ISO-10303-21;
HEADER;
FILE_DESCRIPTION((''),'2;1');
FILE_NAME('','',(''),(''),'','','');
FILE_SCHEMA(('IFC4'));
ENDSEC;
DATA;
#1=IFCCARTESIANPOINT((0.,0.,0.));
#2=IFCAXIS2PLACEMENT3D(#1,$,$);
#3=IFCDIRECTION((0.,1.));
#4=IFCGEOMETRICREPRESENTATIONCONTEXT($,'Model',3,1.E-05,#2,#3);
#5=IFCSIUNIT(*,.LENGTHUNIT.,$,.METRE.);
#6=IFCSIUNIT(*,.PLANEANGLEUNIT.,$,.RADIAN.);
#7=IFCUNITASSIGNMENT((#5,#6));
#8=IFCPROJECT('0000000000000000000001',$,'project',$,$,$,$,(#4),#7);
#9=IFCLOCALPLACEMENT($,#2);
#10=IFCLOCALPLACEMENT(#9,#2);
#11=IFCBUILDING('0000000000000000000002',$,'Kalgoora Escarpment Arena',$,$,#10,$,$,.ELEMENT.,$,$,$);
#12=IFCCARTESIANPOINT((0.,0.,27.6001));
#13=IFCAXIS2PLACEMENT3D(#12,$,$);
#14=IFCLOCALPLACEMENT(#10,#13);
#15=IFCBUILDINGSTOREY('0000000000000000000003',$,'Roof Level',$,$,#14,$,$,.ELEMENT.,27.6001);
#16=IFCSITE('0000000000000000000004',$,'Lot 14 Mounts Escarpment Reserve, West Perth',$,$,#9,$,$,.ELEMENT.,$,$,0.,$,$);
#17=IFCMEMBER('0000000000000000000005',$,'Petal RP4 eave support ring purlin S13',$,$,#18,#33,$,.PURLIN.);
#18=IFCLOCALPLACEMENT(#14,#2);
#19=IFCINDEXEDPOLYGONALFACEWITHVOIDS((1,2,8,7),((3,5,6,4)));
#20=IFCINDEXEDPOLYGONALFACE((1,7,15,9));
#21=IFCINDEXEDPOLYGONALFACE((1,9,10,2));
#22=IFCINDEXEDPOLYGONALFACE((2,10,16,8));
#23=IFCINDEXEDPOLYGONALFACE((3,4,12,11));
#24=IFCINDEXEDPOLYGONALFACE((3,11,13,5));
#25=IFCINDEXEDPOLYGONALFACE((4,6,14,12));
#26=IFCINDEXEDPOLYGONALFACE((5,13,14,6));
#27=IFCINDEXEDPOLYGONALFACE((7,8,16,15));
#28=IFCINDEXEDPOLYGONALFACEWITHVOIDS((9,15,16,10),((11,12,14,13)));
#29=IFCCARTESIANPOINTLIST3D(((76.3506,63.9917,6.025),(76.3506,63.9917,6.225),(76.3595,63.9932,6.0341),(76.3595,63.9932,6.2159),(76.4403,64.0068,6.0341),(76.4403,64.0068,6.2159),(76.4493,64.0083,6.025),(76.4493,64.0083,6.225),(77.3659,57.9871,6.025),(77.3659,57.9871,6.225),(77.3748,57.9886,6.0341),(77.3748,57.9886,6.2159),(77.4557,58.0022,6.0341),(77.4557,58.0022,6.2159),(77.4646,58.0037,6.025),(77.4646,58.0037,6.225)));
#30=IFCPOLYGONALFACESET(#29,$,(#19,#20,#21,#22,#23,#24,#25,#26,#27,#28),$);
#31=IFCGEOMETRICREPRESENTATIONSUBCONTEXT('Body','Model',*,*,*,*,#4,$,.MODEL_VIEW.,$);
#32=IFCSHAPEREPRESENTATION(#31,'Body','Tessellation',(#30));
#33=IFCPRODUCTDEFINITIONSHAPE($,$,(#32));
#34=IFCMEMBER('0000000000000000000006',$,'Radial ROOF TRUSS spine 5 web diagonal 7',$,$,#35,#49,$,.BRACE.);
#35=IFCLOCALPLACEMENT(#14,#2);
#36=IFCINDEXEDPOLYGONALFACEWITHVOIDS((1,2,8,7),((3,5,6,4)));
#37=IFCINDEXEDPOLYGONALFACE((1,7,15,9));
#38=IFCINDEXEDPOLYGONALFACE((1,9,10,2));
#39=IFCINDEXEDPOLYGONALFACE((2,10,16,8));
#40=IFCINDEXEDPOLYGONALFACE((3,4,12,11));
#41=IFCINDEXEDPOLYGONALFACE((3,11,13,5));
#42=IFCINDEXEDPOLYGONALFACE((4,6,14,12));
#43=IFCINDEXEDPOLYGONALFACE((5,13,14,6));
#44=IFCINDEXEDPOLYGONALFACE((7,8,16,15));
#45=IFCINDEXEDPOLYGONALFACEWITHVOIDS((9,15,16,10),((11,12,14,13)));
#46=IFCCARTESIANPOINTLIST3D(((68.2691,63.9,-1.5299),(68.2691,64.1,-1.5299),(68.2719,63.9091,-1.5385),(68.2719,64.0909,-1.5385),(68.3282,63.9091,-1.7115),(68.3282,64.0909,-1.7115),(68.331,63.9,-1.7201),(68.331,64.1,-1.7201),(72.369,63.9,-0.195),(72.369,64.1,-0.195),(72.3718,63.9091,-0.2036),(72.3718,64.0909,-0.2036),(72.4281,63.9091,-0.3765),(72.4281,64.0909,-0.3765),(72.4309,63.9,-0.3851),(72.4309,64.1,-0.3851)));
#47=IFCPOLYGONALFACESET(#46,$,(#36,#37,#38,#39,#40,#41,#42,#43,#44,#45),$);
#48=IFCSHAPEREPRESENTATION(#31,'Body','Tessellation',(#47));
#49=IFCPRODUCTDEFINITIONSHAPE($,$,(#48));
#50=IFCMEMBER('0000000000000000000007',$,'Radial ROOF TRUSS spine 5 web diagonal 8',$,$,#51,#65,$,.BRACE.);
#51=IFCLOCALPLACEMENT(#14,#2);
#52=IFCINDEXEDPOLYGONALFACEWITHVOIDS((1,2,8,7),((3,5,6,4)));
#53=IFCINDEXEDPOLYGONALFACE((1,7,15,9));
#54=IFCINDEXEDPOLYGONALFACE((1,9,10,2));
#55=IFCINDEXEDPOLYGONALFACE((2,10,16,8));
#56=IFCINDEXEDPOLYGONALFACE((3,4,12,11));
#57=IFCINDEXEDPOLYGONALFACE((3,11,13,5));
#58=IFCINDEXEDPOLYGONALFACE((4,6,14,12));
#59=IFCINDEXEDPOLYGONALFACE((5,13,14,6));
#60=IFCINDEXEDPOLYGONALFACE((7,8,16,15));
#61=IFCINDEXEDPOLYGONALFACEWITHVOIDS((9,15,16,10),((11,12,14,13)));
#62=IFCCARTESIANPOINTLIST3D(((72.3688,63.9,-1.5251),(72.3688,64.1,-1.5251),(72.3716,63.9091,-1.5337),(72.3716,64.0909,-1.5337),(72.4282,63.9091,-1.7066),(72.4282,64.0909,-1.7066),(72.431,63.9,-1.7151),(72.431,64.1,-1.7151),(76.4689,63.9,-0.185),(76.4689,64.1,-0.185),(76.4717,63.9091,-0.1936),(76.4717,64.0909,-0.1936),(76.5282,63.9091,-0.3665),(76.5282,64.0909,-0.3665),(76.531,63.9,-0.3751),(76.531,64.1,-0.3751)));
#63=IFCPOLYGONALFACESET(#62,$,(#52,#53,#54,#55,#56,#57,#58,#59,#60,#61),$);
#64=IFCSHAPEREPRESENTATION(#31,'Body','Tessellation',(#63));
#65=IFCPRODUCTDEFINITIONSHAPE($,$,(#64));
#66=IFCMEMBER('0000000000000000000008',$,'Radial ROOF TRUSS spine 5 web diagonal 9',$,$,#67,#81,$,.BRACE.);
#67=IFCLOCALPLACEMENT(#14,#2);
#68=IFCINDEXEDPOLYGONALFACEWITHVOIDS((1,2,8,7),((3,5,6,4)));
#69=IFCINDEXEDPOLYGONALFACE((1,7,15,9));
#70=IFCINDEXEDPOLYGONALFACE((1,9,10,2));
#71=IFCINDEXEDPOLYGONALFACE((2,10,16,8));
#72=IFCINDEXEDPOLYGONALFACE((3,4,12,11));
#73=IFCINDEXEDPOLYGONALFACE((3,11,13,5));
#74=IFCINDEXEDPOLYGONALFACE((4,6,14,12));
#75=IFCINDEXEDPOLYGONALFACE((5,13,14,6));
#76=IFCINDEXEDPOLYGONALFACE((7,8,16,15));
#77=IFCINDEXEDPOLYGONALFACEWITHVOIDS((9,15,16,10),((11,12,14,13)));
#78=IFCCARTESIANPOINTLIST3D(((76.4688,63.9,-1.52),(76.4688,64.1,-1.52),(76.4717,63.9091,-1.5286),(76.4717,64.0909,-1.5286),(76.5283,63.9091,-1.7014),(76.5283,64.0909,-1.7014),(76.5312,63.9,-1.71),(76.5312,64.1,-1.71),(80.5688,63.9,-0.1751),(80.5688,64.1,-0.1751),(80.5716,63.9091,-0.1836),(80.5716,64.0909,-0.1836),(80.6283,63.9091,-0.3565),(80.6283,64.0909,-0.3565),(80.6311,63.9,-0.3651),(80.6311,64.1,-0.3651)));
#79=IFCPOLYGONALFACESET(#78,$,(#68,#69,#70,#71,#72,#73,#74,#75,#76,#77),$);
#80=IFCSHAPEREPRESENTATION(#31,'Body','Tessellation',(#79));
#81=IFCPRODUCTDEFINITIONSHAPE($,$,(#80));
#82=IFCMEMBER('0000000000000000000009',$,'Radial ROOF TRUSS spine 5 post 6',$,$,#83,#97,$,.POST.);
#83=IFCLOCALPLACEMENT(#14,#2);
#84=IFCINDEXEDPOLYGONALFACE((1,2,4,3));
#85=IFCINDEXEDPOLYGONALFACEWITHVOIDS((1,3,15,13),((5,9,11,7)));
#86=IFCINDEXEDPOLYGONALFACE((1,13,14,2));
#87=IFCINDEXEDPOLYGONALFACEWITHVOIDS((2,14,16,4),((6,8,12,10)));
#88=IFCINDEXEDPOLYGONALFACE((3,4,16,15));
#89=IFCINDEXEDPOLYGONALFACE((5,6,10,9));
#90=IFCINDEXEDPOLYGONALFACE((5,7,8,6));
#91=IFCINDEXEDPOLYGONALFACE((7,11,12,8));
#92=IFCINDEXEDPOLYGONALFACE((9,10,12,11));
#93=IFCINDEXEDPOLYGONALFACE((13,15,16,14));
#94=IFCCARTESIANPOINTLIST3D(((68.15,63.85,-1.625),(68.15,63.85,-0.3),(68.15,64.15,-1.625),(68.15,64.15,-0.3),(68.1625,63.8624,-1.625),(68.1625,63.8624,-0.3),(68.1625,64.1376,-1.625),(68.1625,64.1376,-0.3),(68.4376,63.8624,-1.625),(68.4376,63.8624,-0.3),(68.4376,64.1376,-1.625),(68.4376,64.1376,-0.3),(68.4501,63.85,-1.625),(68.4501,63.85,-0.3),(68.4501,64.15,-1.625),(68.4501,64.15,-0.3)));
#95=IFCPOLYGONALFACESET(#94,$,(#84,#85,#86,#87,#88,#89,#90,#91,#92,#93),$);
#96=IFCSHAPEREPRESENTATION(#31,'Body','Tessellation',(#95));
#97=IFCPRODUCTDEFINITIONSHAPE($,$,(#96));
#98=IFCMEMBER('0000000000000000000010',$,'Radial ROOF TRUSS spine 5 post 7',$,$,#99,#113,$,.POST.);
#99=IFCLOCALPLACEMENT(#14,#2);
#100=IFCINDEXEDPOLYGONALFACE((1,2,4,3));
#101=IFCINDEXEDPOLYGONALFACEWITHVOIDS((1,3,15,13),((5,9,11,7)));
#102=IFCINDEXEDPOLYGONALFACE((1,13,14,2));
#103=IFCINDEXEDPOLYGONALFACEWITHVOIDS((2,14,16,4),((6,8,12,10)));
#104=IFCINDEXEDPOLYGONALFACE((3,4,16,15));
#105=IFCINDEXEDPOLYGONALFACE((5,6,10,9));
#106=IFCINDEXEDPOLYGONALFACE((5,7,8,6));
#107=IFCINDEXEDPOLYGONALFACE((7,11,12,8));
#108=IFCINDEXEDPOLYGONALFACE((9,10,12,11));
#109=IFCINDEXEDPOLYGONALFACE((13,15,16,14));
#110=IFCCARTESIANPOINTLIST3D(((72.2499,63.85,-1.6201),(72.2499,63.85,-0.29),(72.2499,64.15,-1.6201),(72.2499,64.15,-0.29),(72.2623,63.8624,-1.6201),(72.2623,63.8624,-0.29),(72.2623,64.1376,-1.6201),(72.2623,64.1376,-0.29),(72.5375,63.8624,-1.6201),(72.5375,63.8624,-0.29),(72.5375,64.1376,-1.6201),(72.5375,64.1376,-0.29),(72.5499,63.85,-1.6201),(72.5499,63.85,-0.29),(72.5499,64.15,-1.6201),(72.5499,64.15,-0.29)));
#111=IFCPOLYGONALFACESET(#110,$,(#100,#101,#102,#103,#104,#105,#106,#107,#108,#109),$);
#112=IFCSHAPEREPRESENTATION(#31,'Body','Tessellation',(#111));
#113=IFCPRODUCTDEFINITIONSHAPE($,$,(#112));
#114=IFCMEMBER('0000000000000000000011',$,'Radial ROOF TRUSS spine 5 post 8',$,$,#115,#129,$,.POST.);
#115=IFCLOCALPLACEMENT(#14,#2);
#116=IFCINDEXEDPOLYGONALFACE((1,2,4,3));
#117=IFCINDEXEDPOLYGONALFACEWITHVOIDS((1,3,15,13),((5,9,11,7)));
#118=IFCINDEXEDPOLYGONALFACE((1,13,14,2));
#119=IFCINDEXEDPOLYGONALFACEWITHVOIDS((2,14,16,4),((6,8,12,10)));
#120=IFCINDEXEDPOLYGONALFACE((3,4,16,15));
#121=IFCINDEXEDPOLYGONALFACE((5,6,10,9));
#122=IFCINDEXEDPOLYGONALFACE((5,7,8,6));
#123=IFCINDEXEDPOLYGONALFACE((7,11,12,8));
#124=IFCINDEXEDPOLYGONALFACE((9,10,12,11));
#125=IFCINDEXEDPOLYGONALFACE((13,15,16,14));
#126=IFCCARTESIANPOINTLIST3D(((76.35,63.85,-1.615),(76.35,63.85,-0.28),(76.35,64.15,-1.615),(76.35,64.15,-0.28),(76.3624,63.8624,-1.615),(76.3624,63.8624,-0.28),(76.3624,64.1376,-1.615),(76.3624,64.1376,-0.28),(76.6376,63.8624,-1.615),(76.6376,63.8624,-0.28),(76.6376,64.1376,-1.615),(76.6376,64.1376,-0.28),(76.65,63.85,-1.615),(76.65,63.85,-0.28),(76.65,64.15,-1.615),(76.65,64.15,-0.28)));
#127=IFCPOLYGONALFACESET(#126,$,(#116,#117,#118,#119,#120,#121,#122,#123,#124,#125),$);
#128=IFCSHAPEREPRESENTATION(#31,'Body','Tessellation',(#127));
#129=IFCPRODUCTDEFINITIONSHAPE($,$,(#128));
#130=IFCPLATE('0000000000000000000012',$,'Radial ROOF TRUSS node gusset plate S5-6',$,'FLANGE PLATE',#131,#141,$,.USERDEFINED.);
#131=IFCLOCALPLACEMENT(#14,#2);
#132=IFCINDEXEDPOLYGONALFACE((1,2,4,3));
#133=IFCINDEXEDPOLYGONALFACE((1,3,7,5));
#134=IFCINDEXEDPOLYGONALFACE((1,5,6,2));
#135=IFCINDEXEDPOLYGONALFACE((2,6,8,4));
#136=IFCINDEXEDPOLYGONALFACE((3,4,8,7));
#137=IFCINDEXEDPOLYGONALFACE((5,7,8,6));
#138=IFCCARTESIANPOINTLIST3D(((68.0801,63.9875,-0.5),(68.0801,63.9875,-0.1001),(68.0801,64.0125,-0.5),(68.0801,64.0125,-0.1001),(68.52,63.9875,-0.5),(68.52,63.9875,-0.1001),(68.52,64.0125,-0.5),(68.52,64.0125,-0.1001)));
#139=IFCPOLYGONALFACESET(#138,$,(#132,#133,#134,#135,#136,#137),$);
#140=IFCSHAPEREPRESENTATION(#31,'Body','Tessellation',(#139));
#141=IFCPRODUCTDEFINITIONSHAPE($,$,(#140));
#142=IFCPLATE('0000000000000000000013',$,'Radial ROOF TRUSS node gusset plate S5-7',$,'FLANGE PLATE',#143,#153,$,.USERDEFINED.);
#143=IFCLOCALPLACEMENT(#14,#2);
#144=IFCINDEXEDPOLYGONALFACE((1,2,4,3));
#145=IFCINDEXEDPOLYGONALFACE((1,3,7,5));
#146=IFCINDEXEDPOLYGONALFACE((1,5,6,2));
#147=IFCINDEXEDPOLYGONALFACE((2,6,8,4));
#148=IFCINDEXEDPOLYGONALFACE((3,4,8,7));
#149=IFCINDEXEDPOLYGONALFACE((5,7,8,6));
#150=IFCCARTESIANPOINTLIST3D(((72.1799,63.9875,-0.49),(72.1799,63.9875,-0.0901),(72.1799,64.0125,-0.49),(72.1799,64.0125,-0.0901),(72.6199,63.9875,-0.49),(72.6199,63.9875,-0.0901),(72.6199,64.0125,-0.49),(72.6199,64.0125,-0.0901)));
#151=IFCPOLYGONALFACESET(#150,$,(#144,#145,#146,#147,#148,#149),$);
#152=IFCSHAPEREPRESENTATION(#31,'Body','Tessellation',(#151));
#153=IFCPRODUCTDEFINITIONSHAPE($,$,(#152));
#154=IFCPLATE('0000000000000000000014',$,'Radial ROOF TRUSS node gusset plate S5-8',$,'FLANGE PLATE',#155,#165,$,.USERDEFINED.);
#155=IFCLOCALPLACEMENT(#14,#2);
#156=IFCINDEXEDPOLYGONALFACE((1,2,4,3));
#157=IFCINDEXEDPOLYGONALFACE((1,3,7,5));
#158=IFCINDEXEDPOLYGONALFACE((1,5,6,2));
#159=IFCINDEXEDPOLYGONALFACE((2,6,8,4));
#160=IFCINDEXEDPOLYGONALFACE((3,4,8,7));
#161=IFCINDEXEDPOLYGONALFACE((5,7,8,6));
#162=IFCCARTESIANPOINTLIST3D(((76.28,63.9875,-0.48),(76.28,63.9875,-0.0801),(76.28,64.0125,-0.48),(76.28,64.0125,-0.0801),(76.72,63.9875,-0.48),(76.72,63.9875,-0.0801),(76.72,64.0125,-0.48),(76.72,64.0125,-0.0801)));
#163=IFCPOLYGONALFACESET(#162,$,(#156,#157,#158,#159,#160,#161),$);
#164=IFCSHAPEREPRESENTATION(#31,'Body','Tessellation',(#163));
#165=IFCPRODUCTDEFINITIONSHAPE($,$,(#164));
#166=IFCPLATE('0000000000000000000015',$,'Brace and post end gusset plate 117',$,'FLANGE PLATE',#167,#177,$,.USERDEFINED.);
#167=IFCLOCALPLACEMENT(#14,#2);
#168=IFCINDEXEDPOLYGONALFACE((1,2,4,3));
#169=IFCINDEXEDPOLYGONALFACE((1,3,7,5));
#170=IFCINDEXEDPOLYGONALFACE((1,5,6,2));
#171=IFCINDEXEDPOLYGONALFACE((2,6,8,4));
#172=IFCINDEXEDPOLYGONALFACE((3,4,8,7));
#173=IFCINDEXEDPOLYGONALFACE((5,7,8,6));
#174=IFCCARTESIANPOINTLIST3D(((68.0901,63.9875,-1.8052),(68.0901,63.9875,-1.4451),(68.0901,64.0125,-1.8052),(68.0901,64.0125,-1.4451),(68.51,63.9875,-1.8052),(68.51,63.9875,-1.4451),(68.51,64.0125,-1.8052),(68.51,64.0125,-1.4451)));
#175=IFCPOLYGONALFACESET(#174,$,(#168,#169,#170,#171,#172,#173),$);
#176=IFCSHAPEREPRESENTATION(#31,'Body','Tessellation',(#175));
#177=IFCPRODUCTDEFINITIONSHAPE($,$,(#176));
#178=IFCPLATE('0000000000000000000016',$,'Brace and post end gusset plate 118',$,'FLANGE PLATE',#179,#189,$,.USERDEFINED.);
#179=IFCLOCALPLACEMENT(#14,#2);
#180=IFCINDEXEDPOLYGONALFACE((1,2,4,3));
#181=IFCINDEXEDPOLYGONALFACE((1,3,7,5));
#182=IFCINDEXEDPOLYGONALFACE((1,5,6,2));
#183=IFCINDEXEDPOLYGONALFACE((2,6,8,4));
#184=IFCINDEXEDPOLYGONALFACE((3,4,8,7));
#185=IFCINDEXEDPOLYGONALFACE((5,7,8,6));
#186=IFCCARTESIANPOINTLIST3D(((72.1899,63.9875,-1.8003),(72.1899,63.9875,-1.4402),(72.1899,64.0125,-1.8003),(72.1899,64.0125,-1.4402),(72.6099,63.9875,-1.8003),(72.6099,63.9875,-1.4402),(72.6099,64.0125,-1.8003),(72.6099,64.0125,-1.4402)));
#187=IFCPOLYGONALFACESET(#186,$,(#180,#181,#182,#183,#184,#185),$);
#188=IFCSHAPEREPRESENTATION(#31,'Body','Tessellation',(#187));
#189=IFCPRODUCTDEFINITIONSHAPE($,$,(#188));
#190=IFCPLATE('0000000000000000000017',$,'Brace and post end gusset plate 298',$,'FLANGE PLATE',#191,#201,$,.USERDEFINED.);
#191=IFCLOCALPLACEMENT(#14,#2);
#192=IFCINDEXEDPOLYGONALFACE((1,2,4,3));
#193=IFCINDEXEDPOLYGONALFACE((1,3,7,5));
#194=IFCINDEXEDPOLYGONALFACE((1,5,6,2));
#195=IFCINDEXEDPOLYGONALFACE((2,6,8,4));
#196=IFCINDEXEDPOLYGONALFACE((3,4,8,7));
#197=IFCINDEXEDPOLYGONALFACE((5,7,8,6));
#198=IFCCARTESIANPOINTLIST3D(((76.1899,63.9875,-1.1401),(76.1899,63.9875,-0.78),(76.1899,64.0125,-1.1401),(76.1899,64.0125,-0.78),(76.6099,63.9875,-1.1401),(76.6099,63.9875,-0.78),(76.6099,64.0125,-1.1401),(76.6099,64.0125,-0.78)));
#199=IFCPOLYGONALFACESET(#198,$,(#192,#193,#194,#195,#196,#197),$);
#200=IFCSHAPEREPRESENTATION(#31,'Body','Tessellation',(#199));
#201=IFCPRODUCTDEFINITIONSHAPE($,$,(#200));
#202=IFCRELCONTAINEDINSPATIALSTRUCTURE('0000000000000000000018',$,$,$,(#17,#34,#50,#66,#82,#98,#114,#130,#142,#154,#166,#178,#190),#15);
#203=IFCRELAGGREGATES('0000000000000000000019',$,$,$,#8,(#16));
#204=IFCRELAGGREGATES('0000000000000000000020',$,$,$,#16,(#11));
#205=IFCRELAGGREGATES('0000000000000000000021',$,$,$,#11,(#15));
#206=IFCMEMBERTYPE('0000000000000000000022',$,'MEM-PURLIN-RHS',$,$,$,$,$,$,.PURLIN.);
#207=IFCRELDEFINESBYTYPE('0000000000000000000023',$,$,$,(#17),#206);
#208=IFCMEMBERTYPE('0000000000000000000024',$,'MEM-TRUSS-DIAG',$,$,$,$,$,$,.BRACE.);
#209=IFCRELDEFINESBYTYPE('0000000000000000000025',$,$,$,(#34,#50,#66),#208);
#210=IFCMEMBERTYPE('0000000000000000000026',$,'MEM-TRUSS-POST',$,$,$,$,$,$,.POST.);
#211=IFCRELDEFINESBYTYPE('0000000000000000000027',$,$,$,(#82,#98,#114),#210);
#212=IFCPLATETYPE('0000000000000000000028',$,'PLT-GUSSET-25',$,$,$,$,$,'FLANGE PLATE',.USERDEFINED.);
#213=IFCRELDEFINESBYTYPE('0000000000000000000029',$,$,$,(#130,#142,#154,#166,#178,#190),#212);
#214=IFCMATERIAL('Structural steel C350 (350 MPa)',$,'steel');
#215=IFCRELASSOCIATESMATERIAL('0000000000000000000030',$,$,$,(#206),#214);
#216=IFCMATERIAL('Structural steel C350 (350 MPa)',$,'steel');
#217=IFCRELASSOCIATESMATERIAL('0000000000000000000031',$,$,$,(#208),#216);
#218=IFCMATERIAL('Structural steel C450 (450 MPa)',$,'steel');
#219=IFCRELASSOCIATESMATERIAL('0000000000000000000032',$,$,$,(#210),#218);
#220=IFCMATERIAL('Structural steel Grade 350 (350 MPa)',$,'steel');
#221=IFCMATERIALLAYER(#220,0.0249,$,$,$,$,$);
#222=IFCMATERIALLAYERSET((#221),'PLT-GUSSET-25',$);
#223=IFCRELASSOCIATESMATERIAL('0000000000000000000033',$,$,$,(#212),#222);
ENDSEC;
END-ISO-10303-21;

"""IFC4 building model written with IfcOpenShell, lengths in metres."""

from ifc_helpers import new_model, si_unit, direction, frame, origin, origin_2d, place, context, subcontext, project, spatial, rectangle, hollow_rectangle, extrude, material, layer, layer_set, material_profile, profile_set, type_object, element, save


model = new_model("IFC4")

# Units and contexts
model_context = context("Model", 3, precision=1e-05, world=origin(), true_north=direction((0.0, 1.0)))
body_context = subcontext(model_context, "Body", "Model", "MODEL_VIEW")
ifc_project = project(units=[si_unit("LENGTHUNIT", "METRE"), si_unit("PLANEANGLEUNIT", "RADIAN")], contexts=[model_context])

# Site, building, storey
site_placement = place(None, origin())
site = spatial("IfcSite", under=ifc_project, at=site_placement, Name="Lot 14 Mounts Escarpment Reserve, West Perth", CompositionType="ELEMENT", RefElevation=0.0)
building_placement = place(site_placement, origin())
building = spatial("IfcBuilding", under=site, at=building_placement, Name="Kalgoora Escarpment Arena", CompositionType="ELEMENT")
storey_placement = place(building_placement, frame((0.0, 0.0, 27.6001)))
storey = spatial("IfcBuildingStorey", under=building, at=storey_placement, Name="Roof Level", CompositionType="ELEMENT", Elevation=27.6001)

# Members
ifc_material_1 = material(Name="Structural steel C350 (350 MPa)", Category="steel")
ifc_material_profile_1 = material_profile(ifc_material_1, hollow_rectangle(XDim=0.1001, YDim=0.2, WallThickness=0.009, at=origin_2d()))
ifc_profile_set_1 = profile_set([ifc_material_profile_1], Name="Structural steel C350 (350 MPa)")
member_type_1 = type_object("IfcMemberType", Name="MEM-PURLIN-RHS", PredefinedType="PURLIN", material=ifc_profile_set_1)
member_1_placement = place(storey_placement, frame((76.3999, 64.0, 6.125), z_axis=(0.166732, -0.986002, 0.0), x_axis=(0.986002, 0.166732, 0.0)))
element("IfcMember", 1, at=member_1_placement, inside=storey, type_object=member_type_1, Name="Petal RP4 eave support ring purlin S13", PredefinedType="PURLIN", context=body_context, shape_type="SweptSolid", body=[
    extrude(hollow_rectangle(XDim=0.1001, YDim=0.2, WallThickness=0.009, at=origin_2d()), origin(), (0.0, 0.0, 1.0), 6.0898),
])
ifc_material_2 = material(Name="Structural steel C350 (350 MPa)", Category="steel")
ifc_material_profile_2 = material_profile(ifc_material_2, hollow_rectangle(XDim=0.2, YDim=0.2, WallThickness=0.009, at=origin_2d()))
ifc_profile_set_2 = profile_set([ifc_material_profile_2], Name="Structural steel C350 (350 MPa)")
member_type_2 = type_object("IfcMemberType", Name="MEM-TRUSS-DIAG", PredefinedType="BRACE", material=ifc_profile_set_2)
member_2_placement = place(storey_placement, frame((68.3, 64.0, -1.625), z_axis=(0.950863, 0.0, 0.309612), x_axis=(0.0, 1.0, 0.0)))
element("IfcMember", 2, at=member_2_placement, inside=storey, type_object=member_type_2, Name="Radial ROOF TRUSS spine 5 web diagonal 7", PredefinedType="BRACE", context=body_context, shape_type="SweptSolid", body=[
    extrude(hollow_rectangle(XDim=0.2, YDim=0.2, WallThickness=0.009, at=origin_2d()), origin(), (0.0, 0.0, 1.0), 4.3118),
])
member_3_placement = place(storey_placement, frame((72.3999, 64.0, -1.6201), z_axis=(0.950518, 0.0, 0.31067), x_axis=(0.0, 1.0, 0.0)))
element("IfcMember", 3, at=member_3_placement, inside=storey, type_object=member_type_2, Name="Radial ROOF TRUSS spine 5 web diagonal 8", PredefinedType="BRACE", context=body_context, shape_type="SweptSolid", body=[
    extrude(hollow_rectangle(XDim=0.2, YDim=0.2, WallThickness=0.009, at=origin_2d()), origin(), (0.0, 0.0, 1.0), 4.3135),
])
member_4_placement = place(storey_placement, frame((76.5, 64.0, -1.615), z_axis=(0.950183, 0.0, 0.311692), x_axis=(0.0, 1.0, 0.0)))
element("IfcMember", 4, at=member_4_placement, inside=storey, type_object=member_type_2, Name="Radial ROOF TRUSS spine 5 web diagonal 9", PredefinedType="BRACE", context=body_context, shape_type="SweptSolid", body=[
    extrude(hollow_rectangle(XDim=0.2, YDim=0.2, WallThickness=0.009, at=origin_2d()), origin(), (0.0, 0.0, 1.0), 4.3149),
])
ifc_material_3 = material(Name="Structural steel C450 (450 MPa)", Category="steel")
ifc_material_profile_3 = material_profile(ifc_material_3, hollow_rectangle(XDim=0.3, YDim=0.3, WallThickness=0.0125, at=origin_2d()))
ifc_profile_set_3 = profile_set([ifc_material_profile_3], Name="Structural steel C450 (450 MPa)")
member_type_3 = type_object("IfcMemberType", Name="MEM-TRUSS-POST", PredefinedType="POST", material=ifc_profile_set_3)
member_5_placement = place(storey_placement, frame((68.3, 64.0, -1.625), z_axis=(0.0, 0.0, 1.0), x_axis=(1.0, 0.0, 0.0)))
element("IfcMember", 5, at=member_5_placement, inside=storey, type_object=member_type_3, Name="Radial ROOF TRUSS spine 5 post 6", PredefinedType="POST", context=body_context, shape_type="SweptSolid", body=[
    extrude(hollow_rectangle(XDim=0.3, YDim=0.3, WallThickness=0.0125, at=origin_2d()), origin(), (0.0, 0.0, 1.0), 1.325),
])
member_6_placement = place(storey_placement, frame((72.3999, 64.0, -1.6201), z_axis=(0.0, 0.0, 1.0), x_axis=(1.0, 0.0, 0.0)))
element("IfcMember", 6, at=member_6_placement, inside=storey, type_object=member_type_3, Name="Radial ROOF TRUSS spine 5 post 7", PredefinedType="POST", context=body_context, shape_type="SweptSolid", body=[
    extrude(hollow_rectangle(XDim=0.3, YDim=0.3, WallThickness=0.0125, at=origin_2d()), origin(), (0.0, 0.0, 1.0), 1.3301),
])
member_7_placement = place(storey_placement, frame((76.5, 64.0, -1.615), z_axis=(0.0, 0.0, 1.0), x_axis=(1.0, 0.0, 0.0)))
element("IfcMember", 7, at=member_7_placement, inside=storey, type_object=member_type_3, Name="Radial ROOF TRUSS spine 5 post 8", PredefinedType="POST", context=body_context, shape_type="SweptSolid", body=[
    extrude(hollow_rectangle(XDim=0.3, YDim=0.3, WallThickness=0.0125, at=origin_2d()), origin(), (0.0, 0.0, 1.0), 1.335),
])

# Plates
ifc_material_4 = material(Name="Structural steel Grade 350 (350 MPa)", Category="steel")
ifc_layer_1 = layer(ifc_material_4, 0.0249)
ifc_layer_set_1 = layer_set([ifc_layer_1], Name="PLT-GUSSET-25")
plate_type = type_object("IfcPlateType", Name="PLT-GUSSET-25", ElementType="FLANGE PLATE", PredefinedType="USERDEFINED", material=ifc_layer_set_1)
for number, where, z_axis, x_axis, name in (
    (8, (68.3, 64.0, -0.5), (0.0, 0.0, 1.0), (1.0, 0.0, 0.0), "Radial ROOF TRUSS node gusset plate S5-6"),
    (9, (72.3999, 64.0, -0.49), (0.0, 0.0, 1.0), (1.0, 0.0, 0.0), "Radial ROOF TRUSS node gusset plate S5-7"),
    (10, (76.5, 64.0, -0.48), (0.0, 0.0, 1.0), (1.0, 0.0, 0.0), "Radial ROOF TRUSS node gusset plate S5-8"),
):
    element("IfcPlate", number, at=place(storey_placement, frame(where, z_axis=z_axis, x_axis=x_axis)), inside=storey, type_object=plate_type, Name=name, ObjectType="FLANGE PLATE", PredefinedType="USERDEFINED", context=body_context, shape_type="SweptSolid", body=[
        extrude(rectangle(XDim=0.4399, YDim=0.0249, at=origin_2d()), origin(), (0.0, 0.0, 1.0), 0.3999),
    ])
for number, where, z_axis, x_axis, name in (
    (11, (68.3, 64.0, -1.8052), (0.0, 0.0, 1.0), (1.0, 0.0, 0.0), "Brace and post end gusset plate 117"),
    (12, (72.3999, 64.0, -1.8003), (0.0, 0.0, 1.0), (1.0, 0.0, 0.0), "Brace and post end gusset plate 118"),
    (13, (76.3999, 64.0, -1.1401), (0.0, 0.0, 1.0), (1.0, 0.0, 0.0), "Brace and post end gusset plate 298"),
):
    element("IfcPlate", number, at=place(storey_placement, frame(where, z_axis=z_axis, x_axis=x_axis)), inside=storey, type_object=plate_type, Name=name, ObjectType="FLANGE PLATE", PredefinedType="USERDEFINED", context=body_context, shape_type="SweptSolid", body=[
        extrude(rectangle(XDim=0.4199, YDim=0.0249, at=origin_2d()), origin(), (0.0, 0.0, 1.0), 0.3601),
    ])

save(model, "model.ifc")
